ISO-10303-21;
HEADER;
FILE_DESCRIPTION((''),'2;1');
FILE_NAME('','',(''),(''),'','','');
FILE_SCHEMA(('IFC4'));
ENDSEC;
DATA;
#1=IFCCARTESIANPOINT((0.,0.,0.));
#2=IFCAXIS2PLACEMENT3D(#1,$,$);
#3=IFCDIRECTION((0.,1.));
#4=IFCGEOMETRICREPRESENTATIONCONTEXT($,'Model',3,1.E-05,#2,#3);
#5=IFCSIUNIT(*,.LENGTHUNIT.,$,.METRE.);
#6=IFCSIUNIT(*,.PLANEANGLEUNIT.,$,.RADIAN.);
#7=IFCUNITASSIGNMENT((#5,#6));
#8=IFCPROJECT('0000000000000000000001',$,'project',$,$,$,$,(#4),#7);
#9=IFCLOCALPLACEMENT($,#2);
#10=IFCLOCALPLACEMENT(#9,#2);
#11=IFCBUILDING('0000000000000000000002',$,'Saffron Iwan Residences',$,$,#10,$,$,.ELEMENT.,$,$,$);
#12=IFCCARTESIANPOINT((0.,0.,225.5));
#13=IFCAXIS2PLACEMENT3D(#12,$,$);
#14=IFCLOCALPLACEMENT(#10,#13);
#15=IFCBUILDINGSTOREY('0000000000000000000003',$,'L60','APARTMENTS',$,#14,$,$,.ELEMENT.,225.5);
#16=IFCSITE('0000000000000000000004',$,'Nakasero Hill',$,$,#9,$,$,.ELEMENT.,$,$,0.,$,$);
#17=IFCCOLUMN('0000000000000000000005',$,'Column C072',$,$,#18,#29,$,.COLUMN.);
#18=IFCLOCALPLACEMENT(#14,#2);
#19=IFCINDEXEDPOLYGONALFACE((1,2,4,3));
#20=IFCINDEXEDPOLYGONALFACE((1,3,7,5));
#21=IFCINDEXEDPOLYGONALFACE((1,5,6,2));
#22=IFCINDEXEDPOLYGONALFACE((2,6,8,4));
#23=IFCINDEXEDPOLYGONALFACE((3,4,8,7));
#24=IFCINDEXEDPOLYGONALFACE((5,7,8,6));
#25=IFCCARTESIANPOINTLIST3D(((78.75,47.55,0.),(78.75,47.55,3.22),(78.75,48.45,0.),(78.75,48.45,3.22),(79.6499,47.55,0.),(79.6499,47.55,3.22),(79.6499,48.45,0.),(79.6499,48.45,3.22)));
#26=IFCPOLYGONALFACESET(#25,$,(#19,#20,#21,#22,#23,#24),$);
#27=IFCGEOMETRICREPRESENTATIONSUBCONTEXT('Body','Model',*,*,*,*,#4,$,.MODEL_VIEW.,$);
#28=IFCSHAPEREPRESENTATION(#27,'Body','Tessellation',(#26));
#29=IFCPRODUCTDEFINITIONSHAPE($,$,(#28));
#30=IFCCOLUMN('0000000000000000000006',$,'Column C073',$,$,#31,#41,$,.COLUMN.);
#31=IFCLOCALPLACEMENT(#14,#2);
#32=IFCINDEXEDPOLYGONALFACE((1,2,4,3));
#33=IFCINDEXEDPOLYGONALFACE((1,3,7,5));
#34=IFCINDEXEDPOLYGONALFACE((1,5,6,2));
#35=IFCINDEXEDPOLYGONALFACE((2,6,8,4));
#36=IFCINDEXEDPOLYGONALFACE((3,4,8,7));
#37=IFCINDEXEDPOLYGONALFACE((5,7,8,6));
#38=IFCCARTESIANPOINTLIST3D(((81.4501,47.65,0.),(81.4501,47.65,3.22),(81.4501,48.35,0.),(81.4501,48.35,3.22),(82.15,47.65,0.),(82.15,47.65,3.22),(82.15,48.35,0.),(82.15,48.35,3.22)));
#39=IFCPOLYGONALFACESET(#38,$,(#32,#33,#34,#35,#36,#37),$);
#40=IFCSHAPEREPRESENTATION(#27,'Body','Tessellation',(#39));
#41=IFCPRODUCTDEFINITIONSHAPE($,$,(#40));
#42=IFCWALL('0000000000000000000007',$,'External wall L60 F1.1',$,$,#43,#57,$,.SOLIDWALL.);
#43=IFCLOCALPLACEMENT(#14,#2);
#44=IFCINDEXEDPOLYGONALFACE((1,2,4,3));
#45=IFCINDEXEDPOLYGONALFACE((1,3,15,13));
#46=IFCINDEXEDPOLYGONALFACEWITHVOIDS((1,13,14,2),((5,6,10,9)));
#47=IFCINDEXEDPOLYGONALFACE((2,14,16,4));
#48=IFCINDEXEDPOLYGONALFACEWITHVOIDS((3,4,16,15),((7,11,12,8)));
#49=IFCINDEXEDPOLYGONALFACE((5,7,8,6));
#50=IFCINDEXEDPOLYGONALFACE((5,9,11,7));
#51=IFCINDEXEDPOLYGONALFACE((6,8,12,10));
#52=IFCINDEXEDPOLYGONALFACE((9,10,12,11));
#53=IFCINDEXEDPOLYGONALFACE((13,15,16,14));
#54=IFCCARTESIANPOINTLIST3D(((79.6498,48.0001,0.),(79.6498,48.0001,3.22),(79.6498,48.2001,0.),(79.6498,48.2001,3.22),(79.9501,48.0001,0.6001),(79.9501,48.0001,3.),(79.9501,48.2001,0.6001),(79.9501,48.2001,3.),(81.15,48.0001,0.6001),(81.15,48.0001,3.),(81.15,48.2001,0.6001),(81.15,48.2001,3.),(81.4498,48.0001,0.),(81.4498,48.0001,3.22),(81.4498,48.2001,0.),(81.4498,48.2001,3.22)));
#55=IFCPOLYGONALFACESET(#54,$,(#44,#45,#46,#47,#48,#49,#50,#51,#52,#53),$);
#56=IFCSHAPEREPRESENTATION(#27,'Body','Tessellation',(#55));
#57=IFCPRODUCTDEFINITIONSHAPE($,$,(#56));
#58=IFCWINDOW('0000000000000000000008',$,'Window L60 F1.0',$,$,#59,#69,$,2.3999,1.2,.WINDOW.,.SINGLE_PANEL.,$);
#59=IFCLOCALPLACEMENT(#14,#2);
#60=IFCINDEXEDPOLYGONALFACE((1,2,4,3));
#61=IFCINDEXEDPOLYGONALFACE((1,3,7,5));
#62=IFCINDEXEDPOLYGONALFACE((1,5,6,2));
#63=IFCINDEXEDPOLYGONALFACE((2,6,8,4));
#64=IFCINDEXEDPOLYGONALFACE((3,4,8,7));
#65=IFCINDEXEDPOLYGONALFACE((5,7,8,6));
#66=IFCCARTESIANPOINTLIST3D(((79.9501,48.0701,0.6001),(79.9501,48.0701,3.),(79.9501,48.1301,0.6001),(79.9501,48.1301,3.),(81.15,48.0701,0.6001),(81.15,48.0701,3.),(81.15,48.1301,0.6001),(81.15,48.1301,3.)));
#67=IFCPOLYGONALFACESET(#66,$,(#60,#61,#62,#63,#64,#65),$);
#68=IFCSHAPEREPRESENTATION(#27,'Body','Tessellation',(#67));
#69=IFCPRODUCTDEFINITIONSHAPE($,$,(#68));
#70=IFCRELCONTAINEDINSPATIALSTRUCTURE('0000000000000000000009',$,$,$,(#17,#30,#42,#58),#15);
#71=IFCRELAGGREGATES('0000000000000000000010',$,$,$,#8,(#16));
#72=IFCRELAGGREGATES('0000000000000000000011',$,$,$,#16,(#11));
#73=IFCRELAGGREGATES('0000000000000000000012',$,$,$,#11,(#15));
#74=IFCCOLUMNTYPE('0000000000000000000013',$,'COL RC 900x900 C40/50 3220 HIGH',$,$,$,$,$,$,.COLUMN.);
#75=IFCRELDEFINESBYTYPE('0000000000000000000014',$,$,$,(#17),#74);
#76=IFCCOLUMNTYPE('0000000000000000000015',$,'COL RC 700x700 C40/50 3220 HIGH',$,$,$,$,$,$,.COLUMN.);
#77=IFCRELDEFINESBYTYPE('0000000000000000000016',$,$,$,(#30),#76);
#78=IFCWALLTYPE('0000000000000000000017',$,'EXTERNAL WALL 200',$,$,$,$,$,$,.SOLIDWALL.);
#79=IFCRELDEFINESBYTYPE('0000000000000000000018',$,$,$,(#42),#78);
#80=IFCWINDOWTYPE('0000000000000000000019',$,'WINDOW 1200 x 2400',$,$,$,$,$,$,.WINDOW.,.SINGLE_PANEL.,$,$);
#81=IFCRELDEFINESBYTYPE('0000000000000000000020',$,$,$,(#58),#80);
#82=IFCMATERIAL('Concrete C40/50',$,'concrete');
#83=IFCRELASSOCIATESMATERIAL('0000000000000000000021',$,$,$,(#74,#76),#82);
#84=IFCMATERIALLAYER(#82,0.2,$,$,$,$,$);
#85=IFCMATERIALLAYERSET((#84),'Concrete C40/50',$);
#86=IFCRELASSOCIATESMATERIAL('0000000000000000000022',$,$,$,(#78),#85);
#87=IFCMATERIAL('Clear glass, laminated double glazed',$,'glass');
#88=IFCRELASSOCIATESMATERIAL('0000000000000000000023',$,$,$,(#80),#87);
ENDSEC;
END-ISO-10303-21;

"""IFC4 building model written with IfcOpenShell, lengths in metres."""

from ifc_helpers import new_model, si_unit, direction, frame, frame_2d, origin, origin_2d, place, context, subcontext, project, spatial, rectangle, extrude, source, transform, mapped, material, layer, layer_set, material_profile, profile_set, type_object, element, fill, save


model = new_model("IFC4")

# Units and contexts
model_context = context("Model", 3, precision=1e-05, world=origin(), true_north=direction((0.0, 1.0)))
body_context = subcontext(model_context, "Body", "Model", "MODEL_VIEW")
ifc_project = project(units=[si_unit("LENGTHUNIT", "METRE"), si_unit("PLANEANGLEUNIT", "RADIAN")], contexts=[model_context])

# Site, building, storey
site_placement = place(None, origin())
site = spatial("IfcSite", under=ifc_project, at=site_placement, Name="Nakasero Hill", CompositionType="ELEMENT", RefElevation=0.0)
building_placement = place(site_placement, origin())
building = spatial("IfcBuilding", under=site, at=building_placement, Name="Saffron Iwan Residences", CompositionType="ELEMENT")
storey_placement = place(building_placement, frame((0.0, 0.0, 225.5)))
storey = spatial("IfcBuildingStorey", under=building, at=storey_placement, Name="L60", Description="APARTMENTS", CompositionType="ELEMENT", Elevation=225.5)

# Columns
ifc_material_1 = material(Name="Concrete C40/50", Category="concrete")
ifc_material_profile_1 = material_profile(ifc_material_1, rectangle(XDim=0.8999, YDim=0.8999, at=origin_2d()), Name="RC 900x900")
ifc_profile_set_1 = profile_set([ifc_material_profile_1], Name="Concrete C40/50")
column_type_1 = type_object("IfcColumnType", Name="COL RC 900x900 C40/50 3220 HIGH", PredefinedType="COLUMN", material=ifc_profile_set_1)
shared_shape_1 = source(origin(), body_context, "Body", "SweptSolid", [
    extrude(rectangle(XDim=0.8999, YDim=0.8999, at=origin_2d()), origin(), (0.0, 0.0, 1.0), 3.22),
])
column_1_placement = place(storey_placement, frame((79.2, 48.0, 0.0), z_axis=(0.0, 0.0, 1.0), x_axis=(1.0, 0.0, 0.0)))
element("IfcColumn", 1, at=column_1_placement, inside=storey, type_object=column_type_1, Name="Column C072", PredefinedType="COLUMN", context=body_context, shape_type="MappedRepresentation", body=[
    mapped(shared_shape_1, transform((0.0, 0.0, 0.0))),
])
ifc_material_profile_2 = material_profile(ifc_material_1, rectangle(XDim=0.7, YDim=0.7, at=origin_2d()), Name="RC 700x700")
ifc_profile_set_2 = profile_set([ifc_material_profile_2], Name="Concrete C40/50")
column_type_2 = type_object("IfcColumnType", Name="COL RC 700x700 C40/50 3220 HIGH", PredefinedType="COLUMN", material=ifc_profile_set_2)
shared_shape_2 = source(origin(), body_context, "Body", "SweptSolid", [
    extrude(rectangle(XDim=0.7, YDim=0.7, at=origin_2d()), origin(), (0.0, 0.0, 1.0), 3.22),
])
column_2_placement = place(storey_placement, frame((81.8, 48.0, 0.0), z_axis=(0.0, 0.0, 1.0), x_axis=(1.0, 0.0, 0.0)))
element("IfcColumn", 2, at=column_2_placement, inside=storey, type_object=column_type_2, Name="Column C073", PredefinedType="COLUMN", context=body_context, shape_type="MappedRepresentation", body=[
    mapped(shared_shape_2, transform((0.0, 0.0, 0.0))),
])

# Wall, opening, window
ifc_layer_1 = layer(ifc_material_1, 0.2)
ifc_layer_set_1 = layer_set([ifc_layer_1], Name="Concrete C40/50")
wall_type_1 = type_object("IfcWallType", Name="EXTERNAL WALL 200", PredefinedType="SOLIDWALL", material=ifc_layer_set_1)
wall_1_placement = place(storey_placement, frame((79.6499, 48.1001, 0.0), z_axis=(0.0, 0.0, 1.0), x_axis=(1.0, 0.0, 0.0)))
wall_1 = element("IfcWall", 3, at=wall_1_placement, inside=storey, type_object=wall_type_1, Name="External wall L60 F1.1", PredefinedType="SOLIDWALL", context=body_context, shape_type="SweptSolid", body=[
    extrude(rectangle(XDim=1.8, YDim=0.2, at=frame_2d((0.8999, 0.0))), origin(), (0.0, 0.0, 1.0), 3.22),
])
opening_1_placement = place(wall_1_placement, frame((0.3, 0.0, 0.6001)))
opening_1 = element("IfcOpeningElement", 4, at=opening_1_placement, cuts=wall_1, PredefinedType="OPENING", context=body_context, shape_type="SweptSolid", body=[
    extrude(rectangle(XDim=1.2, YDim=2.3999, at=frame_2d((0.6001, 1.2))), frame((0.0, 0.1099, 0.0), z_axis=(0.0, -1.0, 0.0), x_axis=(1.0, 0.0, 0.0)), (0.0, 0.0, 1.0), 0.22),
])
ifc_material_2 = material(Name="Clear glass, laminated double glazed", Category="glass")
window_type_1 = type_object("IfcWindowType", Name="WINDOW 1200 x 2400", PartitioningType="SINGLE_PANEL", PredefinedType="WINDOW", material=ifc_material_2)
window_1_placement = place(opening_1_placement, origin())
window_1 = element("IfcWindow", 5, at=window_1_placement, inside=storey, type_object=window_type_1, Name="Window L60 F1.0", OverallHeight=2.3999, OverallWidth=1.2, PartitioningType="SINGLE_PANEL", PredefinedType="WINDOW", context=body_context, shape_type="SweptSolid", body=[
    extrude(rectangle(XDim=1.2, YDim=2.3999, at=frame_2d((0.6001, 1.2))), frame((0.0, 0.03, 0.0), z_axis=(0.0, -1.0, 0.0), x_axis=(1.0, 0.0, 0.0)), (0.0, 0.0, 1.0), 0.0601),
])
fill(opening_1, window_1)

save(model, "model.ifc")
